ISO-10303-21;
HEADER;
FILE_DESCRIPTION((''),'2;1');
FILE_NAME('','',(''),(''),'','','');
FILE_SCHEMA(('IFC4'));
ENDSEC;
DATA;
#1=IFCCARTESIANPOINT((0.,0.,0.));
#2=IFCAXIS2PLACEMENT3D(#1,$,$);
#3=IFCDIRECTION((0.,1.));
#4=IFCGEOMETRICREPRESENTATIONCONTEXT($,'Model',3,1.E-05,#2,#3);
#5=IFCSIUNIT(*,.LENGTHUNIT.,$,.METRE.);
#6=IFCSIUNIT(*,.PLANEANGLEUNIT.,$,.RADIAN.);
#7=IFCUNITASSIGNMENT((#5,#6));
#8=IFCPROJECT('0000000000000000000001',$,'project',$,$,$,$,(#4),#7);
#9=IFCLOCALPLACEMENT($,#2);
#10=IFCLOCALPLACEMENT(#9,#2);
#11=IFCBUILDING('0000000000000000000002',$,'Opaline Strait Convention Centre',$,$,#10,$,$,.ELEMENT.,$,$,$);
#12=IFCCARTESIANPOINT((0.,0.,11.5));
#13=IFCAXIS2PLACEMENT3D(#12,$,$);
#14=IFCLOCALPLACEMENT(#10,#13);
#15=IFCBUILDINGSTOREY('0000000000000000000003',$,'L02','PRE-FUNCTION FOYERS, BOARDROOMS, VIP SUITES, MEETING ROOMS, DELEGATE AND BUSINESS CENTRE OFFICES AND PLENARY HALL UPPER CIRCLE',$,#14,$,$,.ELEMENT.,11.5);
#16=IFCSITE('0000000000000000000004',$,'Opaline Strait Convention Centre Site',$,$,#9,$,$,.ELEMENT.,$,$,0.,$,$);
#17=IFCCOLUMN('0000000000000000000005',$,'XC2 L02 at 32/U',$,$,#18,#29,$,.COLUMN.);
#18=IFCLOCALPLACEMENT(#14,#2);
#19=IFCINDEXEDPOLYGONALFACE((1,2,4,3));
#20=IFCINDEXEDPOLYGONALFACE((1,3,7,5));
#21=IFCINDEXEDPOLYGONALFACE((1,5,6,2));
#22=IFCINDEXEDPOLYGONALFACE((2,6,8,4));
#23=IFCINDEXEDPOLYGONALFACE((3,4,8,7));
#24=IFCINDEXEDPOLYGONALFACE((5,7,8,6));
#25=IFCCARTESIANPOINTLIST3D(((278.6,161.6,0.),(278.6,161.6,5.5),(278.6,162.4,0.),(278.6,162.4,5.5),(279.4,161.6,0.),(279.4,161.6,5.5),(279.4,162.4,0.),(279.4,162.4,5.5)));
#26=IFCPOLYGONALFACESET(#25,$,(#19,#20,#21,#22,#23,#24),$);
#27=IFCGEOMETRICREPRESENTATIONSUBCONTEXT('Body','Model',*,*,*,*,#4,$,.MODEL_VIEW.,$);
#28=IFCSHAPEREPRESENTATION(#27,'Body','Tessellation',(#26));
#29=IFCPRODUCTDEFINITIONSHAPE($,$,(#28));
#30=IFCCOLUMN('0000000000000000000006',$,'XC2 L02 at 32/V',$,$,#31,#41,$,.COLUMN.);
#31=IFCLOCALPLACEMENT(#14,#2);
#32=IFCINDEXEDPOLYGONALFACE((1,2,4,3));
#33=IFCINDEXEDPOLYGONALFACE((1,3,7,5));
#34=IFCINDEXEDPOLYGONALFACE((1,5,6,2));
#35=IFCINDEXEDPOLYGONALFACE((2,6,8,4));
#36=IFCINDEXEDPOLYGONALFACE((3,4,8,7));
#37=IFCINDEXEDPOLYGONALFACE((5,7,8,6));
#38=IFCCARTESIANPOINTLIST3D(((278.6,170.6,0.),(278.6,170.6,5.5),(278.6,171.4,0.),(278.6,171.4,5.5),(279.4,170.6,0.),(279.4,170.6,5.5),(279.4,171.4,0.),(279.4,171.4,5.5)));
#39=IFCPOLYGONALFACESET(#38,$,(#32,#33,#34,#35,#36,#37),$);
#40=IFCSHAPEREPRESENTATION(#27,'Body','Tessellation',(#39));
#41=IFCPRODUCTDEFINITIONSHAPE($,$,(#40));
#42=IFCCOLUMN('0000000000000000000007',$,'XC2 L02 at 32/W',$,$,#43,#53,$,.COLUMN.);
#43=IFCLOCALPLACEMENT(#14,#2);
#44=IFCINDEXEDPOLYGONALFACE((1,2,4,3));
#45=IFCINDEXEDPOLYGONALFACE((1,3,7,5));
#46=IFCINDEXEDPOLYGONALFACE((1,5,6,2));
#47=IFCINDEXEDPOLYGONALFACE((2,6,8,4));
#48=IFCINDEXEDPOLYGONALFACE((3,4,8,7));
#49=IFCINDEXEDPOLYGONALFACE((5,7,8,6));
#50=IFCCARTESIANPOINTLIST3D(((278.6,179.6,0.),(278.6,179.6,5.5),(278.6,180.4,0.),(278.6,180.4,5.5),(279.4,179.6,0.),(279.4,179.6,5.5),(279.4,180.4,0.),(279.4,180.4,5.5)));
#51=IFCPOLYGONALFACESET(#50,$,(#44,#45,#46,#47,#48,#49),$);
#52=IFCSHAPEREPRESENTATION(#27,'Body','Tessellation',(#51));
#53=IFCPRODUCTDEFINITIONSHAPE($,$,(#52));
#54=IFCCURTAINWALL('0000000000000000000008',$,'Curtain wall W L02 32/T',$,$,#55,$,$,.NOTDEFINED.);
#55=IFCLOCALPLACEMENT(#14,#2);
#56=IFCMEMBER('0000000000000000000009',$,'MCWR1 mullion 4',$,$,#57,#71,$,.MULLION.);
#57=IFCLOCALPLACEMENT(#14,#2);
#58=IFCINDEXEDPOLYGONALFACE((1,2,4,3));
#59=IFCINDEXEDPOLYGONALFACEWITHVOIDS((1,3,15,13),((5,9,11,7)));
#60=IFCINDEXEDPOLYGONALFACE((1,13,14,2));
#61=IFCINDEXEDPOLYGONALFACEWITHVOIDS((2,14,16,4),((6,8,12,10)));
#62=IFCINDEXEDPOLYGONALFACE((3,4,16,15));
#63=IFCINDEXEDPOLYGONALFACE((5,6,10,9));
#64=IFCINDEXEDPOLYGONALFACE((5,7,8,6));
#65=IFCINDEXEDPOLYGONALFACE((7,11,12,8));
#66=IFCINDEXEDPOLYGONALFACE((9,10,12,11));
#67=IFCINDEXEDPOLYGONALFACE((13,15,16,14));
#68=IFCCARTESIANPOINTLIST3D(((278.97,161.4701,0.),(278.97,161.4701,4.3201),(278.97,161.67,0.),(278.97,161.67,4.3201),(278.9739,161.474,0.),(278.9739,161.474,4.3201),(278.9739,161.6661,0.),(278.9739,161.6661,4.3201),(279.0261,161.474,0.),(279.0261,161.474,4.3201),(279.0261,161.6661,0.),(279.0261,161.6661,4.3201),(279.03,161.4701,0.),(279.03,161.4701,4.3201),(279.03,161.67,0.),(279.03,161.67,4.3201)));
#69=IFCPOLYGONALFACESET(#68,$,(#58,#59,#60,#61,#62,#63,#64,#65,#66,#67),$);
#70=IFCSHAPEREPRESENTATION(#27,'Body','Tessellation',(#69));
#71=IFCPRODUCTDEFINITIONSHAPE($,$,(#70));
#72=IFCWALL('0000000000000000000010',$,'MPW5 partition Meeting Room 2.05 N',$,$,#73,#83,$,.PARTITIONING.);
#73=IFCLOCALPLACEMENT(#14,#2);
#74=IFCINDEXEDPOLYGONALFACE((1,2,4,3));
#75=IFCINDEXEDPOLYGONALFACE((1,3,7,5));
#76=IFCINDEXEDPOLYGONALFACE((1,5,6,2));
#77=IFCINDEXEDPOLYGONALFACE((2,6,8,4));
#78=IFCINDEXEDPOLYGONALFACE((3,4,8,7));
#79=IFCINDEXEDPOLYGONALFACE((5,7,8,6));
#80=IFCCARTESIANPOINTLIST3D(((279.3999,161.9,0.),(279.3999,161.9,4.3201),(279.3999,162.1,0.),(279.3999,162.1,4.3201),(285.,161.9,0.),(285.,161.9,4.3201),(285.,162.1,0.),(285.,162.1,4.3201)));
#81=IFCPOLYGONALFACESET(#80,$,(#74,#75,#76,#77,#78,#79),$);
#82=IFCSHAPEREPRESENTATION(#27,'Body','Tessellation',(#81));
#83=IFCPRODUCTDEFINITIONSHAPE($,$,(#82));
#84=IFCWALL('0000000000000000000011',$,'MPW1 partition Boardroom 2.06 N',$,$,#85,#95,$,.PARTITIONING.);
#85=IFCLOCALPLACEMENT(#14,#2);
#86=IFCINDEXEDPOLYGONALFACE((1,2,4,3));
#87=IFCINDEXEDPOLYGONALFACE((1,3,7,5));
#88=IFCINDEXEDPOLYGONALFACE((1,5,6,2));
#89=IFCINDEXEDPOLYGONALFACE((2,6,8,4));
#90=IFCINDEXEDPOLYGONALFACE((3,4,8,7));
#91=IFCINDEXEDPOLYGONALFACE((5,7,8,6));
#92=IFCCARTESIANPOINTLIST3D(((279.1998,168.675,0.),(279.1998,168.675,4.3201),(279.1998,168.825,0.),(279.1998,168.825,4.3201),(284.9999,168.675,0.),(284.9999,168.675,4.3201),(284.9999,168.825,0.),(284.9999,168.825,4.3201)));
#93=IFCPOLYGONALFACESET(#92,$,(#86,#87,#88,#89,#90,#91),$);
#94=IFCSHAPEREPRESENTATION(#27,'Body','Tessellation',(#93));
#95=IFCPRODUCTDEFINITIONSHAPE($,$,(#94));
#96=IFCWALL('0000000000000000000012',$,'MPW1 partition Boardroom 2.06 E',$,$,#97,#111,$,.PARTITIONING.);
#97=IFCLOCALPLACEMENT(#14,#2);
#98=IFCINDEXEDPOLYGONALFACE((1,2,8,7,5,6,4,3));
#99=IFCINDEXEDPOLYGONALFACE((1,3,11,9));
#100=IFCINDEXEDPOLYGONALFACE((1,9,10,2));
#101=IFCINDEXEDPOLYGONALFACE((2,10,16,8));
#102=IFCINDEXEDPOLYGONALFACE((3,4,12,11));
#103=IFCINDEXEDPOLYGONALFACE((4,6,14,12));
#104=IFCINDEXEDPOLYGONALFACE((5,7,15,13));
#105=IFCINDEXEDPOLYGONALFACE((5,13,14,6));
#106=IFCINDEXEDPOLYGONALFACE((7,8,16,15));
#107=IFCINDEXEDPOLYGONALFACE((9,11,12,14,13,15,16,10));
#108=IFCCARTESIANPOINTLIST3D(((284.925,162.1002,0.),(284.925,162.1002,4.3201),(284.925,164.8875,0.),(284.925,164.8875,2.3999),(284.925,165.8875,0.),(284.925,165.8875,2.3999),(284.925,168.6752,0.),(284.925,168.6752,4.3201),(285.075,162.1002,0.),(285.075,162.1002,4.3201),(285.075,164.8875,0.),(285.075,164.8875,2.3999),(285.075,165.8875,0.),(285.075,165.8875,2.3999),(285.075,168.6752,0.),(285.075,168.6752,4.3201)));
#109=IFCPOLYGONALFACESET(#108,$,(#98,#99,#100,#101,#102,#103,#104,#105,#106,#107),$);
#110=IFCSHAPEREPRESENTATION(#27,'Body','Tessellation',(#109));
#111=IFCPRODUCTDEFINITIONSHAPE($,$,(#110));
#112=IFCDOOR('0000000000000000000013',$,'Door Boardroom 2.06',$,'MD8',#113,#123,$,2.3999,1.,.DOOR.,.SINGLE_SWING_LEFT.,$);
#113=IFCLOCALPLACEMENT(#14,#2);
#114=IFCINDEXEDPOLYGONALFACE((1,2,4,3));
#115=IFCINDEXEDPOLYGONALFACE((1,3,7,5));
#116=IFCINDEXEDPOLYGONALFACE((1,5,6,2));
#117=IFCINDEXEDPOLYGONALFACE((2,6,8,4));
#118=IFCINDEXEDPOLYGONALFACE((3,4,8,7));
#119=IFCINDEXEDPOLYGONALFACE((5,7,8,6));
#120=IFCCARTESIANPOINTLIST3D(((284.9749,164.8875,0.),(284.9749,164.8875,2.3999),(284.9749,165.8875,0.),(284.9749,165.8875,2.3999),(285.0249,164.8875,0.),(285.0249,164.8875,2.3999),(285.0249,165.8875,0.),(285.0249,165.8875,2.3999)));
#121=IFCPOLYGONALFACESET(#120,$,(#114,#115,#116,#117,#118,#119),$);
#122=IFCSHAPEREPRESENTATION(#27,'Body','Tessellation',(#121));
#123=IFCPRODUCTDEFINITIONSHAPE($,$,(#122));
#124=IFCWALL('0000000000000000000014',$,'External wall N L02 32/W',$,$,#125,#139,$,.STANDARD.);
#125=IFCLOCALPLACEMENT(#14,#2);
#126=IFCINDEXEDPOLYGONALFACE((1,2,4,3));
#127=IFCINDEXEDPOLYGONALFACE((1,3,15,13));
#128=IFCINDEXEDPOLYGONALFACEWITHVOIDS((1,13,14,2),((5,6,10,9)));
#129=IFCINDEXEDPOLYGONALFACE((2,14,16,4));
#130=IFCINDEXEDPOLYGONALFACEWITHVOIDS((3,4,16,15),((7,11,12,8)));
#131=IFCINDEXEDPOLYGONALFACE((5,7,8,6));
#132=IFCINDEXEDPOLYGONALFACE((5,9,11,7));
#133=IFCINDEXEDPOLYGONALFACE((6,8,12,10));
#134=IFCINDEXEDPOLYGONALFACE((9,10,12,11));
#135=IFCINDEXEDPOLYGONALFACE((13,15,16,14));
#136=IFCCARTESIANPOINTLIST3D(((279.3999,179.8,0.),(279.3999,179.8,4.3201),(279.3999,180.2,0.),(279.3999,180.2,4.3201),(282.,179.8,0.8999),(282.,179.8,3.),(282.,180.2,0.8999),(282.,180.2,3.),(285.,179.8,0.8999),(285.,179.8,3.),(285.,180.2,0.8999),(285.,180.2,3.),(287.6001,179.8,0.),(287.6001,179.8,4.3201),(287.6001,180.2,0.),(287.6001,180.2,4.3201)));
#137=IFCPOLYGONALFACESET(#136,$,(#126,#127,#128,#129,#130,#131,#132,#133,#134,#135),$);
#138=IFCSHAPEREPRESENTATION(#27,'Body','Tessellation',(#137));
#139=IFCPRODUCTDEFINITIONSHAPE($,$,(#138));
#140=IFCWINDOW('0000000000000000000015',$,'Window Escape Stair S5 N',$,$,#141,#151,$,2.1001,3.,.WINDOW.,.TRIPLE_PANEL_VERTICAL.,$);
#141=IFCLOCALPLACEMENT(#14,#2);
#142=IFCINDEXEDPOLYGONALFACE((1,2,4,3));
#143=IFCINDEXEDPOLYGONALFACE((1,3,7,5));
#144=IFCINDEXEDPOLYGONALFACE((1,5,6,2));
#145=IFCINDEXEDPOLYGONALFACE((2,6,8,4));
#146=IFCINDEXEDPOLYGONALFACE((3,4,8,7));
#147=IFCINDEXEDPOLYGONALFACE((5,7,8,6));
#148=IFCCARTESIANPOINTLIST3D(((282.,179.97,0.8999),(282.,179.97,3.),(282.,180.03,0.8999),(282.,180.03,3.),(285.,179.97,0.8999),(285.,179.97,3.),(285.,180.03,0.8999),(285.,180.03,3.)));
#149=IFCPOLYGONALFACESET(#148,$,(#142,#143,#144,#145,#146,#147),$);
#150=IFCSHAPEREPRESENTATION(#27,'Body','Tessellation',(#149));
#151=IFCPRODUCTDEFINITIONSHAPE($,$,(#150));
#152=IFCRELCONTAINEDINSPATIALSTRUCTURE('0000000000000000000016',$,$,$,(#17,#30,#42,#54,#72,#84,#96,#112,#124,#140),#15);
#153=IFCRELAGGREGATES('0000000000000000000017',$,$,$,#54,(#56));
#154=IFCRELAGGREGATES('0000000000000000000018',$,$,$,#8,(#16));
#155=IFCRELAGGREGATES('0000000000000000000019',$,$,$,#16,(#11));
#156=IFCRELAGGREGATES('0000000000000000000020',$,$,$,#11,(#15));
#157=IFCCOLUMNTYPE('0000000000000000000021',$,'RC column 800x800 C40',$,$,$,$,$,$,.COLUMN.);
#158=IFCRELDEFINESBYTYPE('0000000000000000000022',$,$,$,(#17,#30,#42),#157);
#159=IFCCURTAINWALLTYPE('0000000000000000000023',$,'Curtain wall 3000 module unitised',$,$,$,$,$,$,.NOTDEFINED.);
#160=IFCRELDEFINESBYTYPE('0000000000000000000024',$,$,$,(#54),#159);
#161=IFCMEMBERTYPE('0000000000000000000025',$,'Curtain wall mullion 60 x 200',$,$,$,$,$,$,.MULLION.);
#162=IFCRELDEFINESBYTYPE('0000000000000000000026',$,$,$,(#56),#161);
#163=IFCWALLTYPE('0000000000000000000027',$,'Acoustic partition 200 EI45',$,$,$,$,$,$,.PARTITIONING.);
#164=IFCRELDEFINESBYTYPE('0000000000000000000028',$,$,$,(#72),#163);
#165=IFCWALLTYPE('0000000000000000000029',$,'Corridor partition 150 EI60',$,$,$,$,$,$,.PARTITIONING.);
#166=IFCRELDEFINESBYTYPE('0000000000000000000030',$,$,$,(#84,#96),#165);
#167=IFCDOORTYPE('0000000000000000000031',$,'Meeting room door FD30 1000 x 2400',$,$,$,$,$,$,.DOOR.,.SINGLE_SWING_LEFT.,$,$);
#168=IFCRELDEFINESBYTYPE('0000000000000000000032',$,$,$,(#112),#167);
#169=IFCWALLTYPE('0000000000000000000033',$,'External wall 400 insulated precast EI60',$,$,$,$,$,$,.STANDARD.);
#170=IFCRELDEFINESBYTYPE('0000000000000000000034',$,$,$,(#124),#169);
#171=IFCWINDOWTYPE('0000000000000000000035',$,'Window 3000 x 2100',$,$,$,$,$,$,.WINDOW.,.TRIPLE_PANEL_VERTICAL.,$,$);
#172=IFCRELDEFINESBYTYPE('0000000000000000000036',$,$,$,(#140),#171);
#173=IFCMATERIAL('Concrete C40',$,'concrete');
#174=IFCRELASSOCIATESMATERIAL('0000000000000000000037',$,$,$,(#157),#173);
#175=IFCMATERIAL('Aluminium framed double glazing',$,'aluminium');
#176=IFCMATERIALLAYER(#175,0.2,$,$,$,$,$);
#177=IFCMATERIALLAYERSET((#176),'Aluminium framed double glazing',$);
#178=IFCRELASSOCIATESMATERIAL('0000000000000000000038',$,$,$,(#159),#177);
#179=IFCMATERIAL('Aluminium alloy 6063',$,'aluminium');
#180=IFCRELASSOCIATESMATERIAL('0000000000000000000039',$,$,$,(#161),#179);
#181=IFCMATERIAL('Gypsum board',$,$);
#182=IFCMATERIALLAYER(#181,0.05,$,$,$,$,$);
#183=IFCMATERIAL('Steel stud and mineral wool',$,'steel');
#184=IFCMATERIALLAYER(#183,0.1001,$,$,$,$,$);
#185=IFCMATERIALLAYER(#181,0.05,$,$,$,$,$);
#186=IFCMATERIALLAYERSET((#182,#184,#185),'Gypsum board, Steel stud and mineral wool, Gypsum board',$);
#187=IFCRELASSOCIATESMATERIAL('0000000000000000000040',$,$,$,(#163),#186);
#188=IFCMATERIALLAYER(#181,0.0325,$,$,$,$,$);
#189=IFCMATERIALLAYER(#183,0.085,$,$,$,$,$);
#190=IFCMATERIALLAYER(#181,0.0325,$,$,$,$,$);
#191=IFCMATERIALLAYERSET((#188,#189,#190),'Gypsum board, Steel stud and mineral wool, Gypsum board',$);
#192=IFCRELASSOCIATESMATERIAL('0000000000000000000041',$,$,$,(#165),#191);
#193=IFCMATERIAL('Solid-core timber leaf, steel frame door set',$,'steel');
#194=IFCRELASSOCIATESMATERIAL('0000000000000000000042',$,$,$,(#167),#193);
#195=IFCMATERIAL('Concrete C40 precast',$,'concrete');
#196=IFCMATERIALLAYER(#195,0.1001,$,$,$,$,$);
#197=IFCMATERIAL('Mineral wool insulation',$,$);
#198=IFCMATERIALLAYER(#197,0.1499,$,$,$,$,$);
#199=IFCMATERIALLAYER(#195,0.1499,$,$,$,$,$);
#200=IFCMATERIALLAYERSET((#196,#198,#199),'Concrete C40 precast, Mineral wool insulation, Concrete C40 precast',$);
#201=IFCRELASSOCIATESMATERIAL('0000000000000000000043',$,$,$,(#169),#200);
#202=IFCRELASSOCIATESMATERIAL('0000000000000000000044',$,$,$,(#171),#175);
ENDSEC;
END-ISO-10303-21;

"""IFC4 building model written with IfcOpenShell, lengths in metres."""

from ifc_helpers import new_model, si_unit, direction, frame, frame_2d, origin, origin_2d, place, context, subcontext, project, spatial, rectangle, hollow_rectangle, extrude, material, layer, layer_set, material_profile, profile_set, type_object, element, fill, aggregate, save


model = new_model("IFC4")

# Units and contexts
model_context = context("Model", 3, precision=1e-05, world=origin(), true_north=direction((0.0, 1.0)))
body_context = subcontext(model_context, "Body", "Model", "MODEL_VIEW")
ifc_project = project(units=[si_unit("LENGTHUNIT", "METRE"), si_unit("PLANEANGLEUNIT", "RADIAN")], contexts=[model_context])

# Site, building, storey
site_placement = place(None, origin())
site = spatial("IfcSite", under=ifc_project, at=site_placement, Name="Opaline Strait Convention Centre Site", CompositionType="ELEMENT", RefElevation=0.0)
building_placement = place(site_placement, origin())
building = spatial("IfcBuilding", under=site, at=building_placement, Name="Opaline Strait Convention Centre", CompositionType="ELEMENT")
storey_placement = place(building_placement, frame((0.0, 0.0, 11.5)))
storey = spatial("IfcBuildingStorey", under=building, at=storey_placement, Name="L02", Description="PRE-FUNCTION FOYERS, BOARDROOMS, VIP SUITES, MEETING ROOMS, DELEGATE AND BUSINESS CENTRE OFFICES AND PLENARY HALL UPPER CIRCLE", CompositionType="ELEMENT", Elevation=11.5)

# Columns
ifc_material_1 = material(Name="Concrete C40", Category="concrete")
ifc_material_profile_1 = material_profile(ifc_material_1, rectangle(XDim=0.8, YDim=0.8, at=origin_2d()), Name="RC 800x800")
ifc_profile_set_1 = profile_set([ifc_material_profile_1], Name="Concrete C40")
column_type = type_object("IfcColumnType", Name="RC column 800x800 C40", PredefinedType="COLUMN", material=ifc_profile_set_1)
for number, where, z_axis, x_axis, name in (
    (1, (279.0, 162.0, 0.0), (0.0, 0.0, 1.0), (1.0, 0.0, 0.0), "XC2 L02 at 32/U"),
    (2, (279.0, 171.0, 0.0), (0.0, 0.0, 1.0), (1.0, 0.0, 0.0), "XC2 L02 at 32/V"),
    (3, (279.0, 180.0, 0.0), (0.0, 0.0, 1.0), (1.0, 0.0, 0.0), "XC2 L02 at 32/W"),
):
    element("IfcColumn", number, at=place(storey_placement, frame(where, z_axis=z_axis, x_axis=x_axis)), inside=storey, type_object=column_type, Name=name, PredefinedType="COLUMN", context=body_context, shape_type="SweptSolid", body=[
        extrude(rectangle(XDim=0.8, YDim=0.8, at=origin_2d()), origin(), (0.0, 0.0, 1.0), 5.5),
    ])

# Curtain wall, member
ifc_material_2 = material(Name="Aluminium framed double glazing", Category="aluminium")
ifc_layer_1 = layer(ifc_material_2, 0.2)
ifc_layer_set_1 = layer_set([ifc_layer_1], Name="Aluminium framed double glazing")
curtain_wall_type = type_object("IfcCurtainWallType", Name="Curtain wall 3000 module unitised", PredefinedType="NOTDEFINED", material=ifc_layer_set_1)
curtain_wall_placement = place(storey_placement, origin())
curtain_wall = element("IfcCurtainWall", 4, at=curtain_wall_placement, inside=storey, type_object=curtain_wall_type, Name="Curtain wall W L02 32/T", PredefinedType="NOTDEFINED")
ifc_material_3 = material(Name="Aluminium alloy 6063", Category="aluminium")
ifc_material_profile_2 = material_profile(ifc_material_3, hollow_rectangle(XDim=0.0601, YDim=0.2, WallThickness=0.0039, at=origin_2d()), Name="MULLION 60x200x4")
ifc_profile_set_2 = profile_set([ifc_material_profile_2], Name="Aluminium alloy 6063")
member_type = type_object("IfcMemberType", Name="Curtain wall mullion 60 x 200", PredefinedType="MULLION", material=ifc_profile_set_2)
member_placement = place(storey_placement, frame((279.0, 161.5701, 0.0), z_axis=(0.0, 0.0, 1.0), x_axis=(-1.0, 0.0, 0.0)))
member = element("IfcMember", 5, at=member_placement, type_object=member_type, Name="MCWR1 mullion 4", PredefinedType="MULLION", context=body_context, shape_type="SweptSolid", body=[
    extrude(hollow_rectangle(XDim=0.0601, YDim=0.2, WallThickness=0.0039, at=origin_2d()), origin(), (0.0, 0.0, 1.0), 4.3201),
])
aggregate(curtain_wall, [member])

# Walls
ifc_material_4 = material(Name="Gypsum board")
ifc_layer_2 = layer(ifc_material_4, 0.05)
ifc_material_5 = material(Name="Steel stud and mineral wool", Category="steel")
ifc_layer_3 = layer(ifc_material_5, 0.1001)
ifc_layer_4 = layer(ifc_material_4, 0.05)
ifc_layer_set_2 = layer_set([ifc_layer_2, ifc_layer_3, ifc_layer_4], Name="Gypsum board, Steel stud and mineral wool, Gypsum board")
wall_type_1 = type_object("IfcWallType", Name="Acoustic partition 200 EI45", PredefinedType="PARTITIONING", material=ifc_layer_set_2)
wall_1_placement = place(storey_placement, frame((279.3999, 162.0, 0.0), z_axis=(0.0, 0.0, 1.0), x_axis=(1.0, 0.0, 0.0)))
element("IfcWall", 6, at=wall_1_placement, inside=storey, type_object=wall_type_1, Name="MPW5 partition Meeting Room 2.05 N", PredefinedType="PARTITIONING", context=body_context, shape_type="SweptSolid", body=[
    extrude(rectangle(XDim=5.6001, YDim=0.2, at=frame_2d((2.8, 0.0))), origin(), (0.0, 0.0, 1.0), 4.3201),
])
ifc_layer_5 = layer(ifc_material_4, 0.0325)
ifc_layer_6 = layer(ifc_material_5, 0.085)
ifc_layer_7 = layer(ifc_material_4, 0.0325)
ifc_layer_set_3 = layer_set([ifc_layer_5, ifc_layer_6, ifc_layer_7], Name="Gypsum board, Steel stud and mineral wool, Gypsum board")
wall_type_2 = type_object("IfcWallType", Name="Corridor partition 150 EI60", PredefinedType="PARTITIONING", material=ifc_layer_set_3)
wall_2_placement = place(storey_placement, frame((279.2, 168.75, 0.0), z_axis=(0.0, 0.0, 1.0), x_axis=(1.0, 0.0, 0.0)))
element("IfcWall", 7, at=wall_2_placement, inside=storey, type_object=wall_type_2, Name="MPW1 partition Boardroom 2.06 N", PredefinedType="PARTITIONING", context=body_context, shape_type="SweptSolid", body=[
    extrude(rectangle(XDim=5.8, YDim=0.1499, at=frame_2d((2.8999, 0.0))), origin(), (0.0, 0.0, 1.0), 4.3201),
])

# Wall, opening, door
wall_3_placement = place(storey_placement, frame((285.0, 162.1001, 0.0), z_axis=(0.0, 0.0, 1.0), x_axis=(0.0, 1.0, 0.0)))
wall_3 = element("IfcWall", 8, at=wall_3_placement, inside=storey, type_object=wall_type_2, Name="MPW1 partition Boardroom 2.06 E", PredefinedType="PARTITIONING", context=body_context, shape_type="SweptSolid", body=[
    extrude(rectangle(XDim=6.575, YDim=0.1499, at=frame_2d((3.2876, 0.0))), origin(), (0.0, 0.0, 1.0), 4.3201),
])
opening_1_placement = place(wall_3_placement, frame((2.7874, 0.0, 0.0)))
opening_1 = element("IfcOpeningElement", 9, at=opening_1_placement, cuts=wall_3, PredefinedType="OPENING", context=body_context, shape_type="SweptSolid", body=[
    extrude(rectangle(XDim=1.0, YDim=2.3999, at=frame_2d((0.5, 1.2))), frame((0.0, 0.085, 0.0), z_axis=(0.0, -1.0, 0.0), x_axis=(1.0, 0.0, 0.0)), (0.0, 0.0, 1.0), 0.1699),
])
ifc_material_6 = material(Name="Solid-core timber leaf, steel frame door set", Category="steel")
door_type = type_object("IfcDoorType", Name="Meeting room door FD30 1000 x 2400", OperationType="SINGLE_SWING_LEFT", PredefinedType="DOOR", material=ifc_material_6)
door_placement = place(opening_1_placement, frame((1.0, 0.0, 0.0), z_axis=(0.0, 0.0, 1.0), x_axis=(-1.0, 0.0, 0.0)))
door = element("IfcDoor", 10, at=door_placement, inside=storey, type_object=door_type, Name="Door Boardroom 2.06", ObjectType="MD8", OperationType="SINGLE_SWING_LEFT", OverallHeight=2.3999, OverallWidth=1.0, PredefinedType="DOOR", context=body_context, shape_type="SweptSolid", body=[
    extrude(rectangle(XDim=1.0, YDim=2.3999, at=frame_2d((0.5, 1.2))), frame((0.0, 0.0249, 0.0), z_axis=(0.0, -1.0, 0.0), x_axis=(1.0, 0.0, 0.0)), (0.0, 0.0, 1.0), 0.05),
])
fill(opening_1, door)

# Wall, opening, window
ifc_material_7 = material(Name="Concrete C40 precast", Category="concrete")
ifc_layer_8 = layer(ifc_material_7, 0.1001)
ifc_material_8 = material(Name="Mineral wool insulation")
ifc_layer_9 = layer(ifc_material_8, 0.1499)
ifc_layer_10 = layer(ifc_material_7, 0.1499)
ifc_layer_set_4 = layer_set([ifc_layer_8, ifc_layer_9, ifc_layer_10], Name="Concrete C40 precast, Mineral wool insulation, Concrete C40 precast")
wall_type_3 = type_object("IfcWallType", Name="External wall 400 insulated precast EI60", PredefinedType="STANDARD", material=ifc_layer_set_4)
wall_4_placement = place(storey_placement, frame((279.3999, 180.0, 0.0), z_axis=(0.0, 0.0, 1.0), x_axis=(1.0, 0.0, 0.0)))
wall_4 = element("IfcWall", 11, at=wall_4_placement, inside=storey, type_object=wall_type_3, Name="External wall N L02 32/W", PredefinedType="STANDARD", context=body_context, shape_type="SweptSolid", body=[
    extrude(rectangle(XDim=8.2002, YDim=0.3999, at=frame_2d((4.1001, 0.0))), origin(), (0.0, 0.0, 1.0), 4.3201),
])
opening_2_placement = place(wall_4_placement, frame((2.6001, 0.0, 0.8999)))
opening_2 = element("IfcOpeningElement", 12, at=opening_2_placement, cuts=wall_4, PredefinedType="OPENING", context=body_context, shape_type="SweptSolid", body=[
    extrude(rectangle(XDim=3.0, YDim=2.1001, at=frame_2d((1.5, 1.05))), frame((0.0, 0.21, 0.0), z_axis=(0.0, -1.0, 0.0), x_axis=(1.0, 0.0, 0.0)), (0.0, 0.0, 1.0), 0.4199),
])
window_type = type_object("IfcWindowType", Name="Window 3000 x 2100", PartitioningType="TRIPLE_PANEL_VERTICAL", PredefinedType="WINDOW", material=ifc_material_2)
window_1_placement = place(opening_2_placement, origin())
window_1 = element("IfcWindow", 13, at=window_1_placement, inside=storey, type_object=window_type, Name="Window Escape Stair S5 N", OverallHeight=2.1001, OverallWidth=3.0, PartitioningType="TRIPLE_PANEL_VERTICAL", PredefinedType="WINDOW", context=body_context, shape_type="SweptSolid", body=[
    extrude(rectangle(XDim=3.0, YDim=2.1001, at=frame_2d((1.5, 1.05))), frame((0.0, 0.03, 0.0), z_axis=(0.0, -1.0, 0.0), x_axis=(1.0, 0.0, 0.0)), (0.0, 0.0, 1.0), 0.0601),
])
fill(opening_2, window_1)

save(model, "model.ifc")
